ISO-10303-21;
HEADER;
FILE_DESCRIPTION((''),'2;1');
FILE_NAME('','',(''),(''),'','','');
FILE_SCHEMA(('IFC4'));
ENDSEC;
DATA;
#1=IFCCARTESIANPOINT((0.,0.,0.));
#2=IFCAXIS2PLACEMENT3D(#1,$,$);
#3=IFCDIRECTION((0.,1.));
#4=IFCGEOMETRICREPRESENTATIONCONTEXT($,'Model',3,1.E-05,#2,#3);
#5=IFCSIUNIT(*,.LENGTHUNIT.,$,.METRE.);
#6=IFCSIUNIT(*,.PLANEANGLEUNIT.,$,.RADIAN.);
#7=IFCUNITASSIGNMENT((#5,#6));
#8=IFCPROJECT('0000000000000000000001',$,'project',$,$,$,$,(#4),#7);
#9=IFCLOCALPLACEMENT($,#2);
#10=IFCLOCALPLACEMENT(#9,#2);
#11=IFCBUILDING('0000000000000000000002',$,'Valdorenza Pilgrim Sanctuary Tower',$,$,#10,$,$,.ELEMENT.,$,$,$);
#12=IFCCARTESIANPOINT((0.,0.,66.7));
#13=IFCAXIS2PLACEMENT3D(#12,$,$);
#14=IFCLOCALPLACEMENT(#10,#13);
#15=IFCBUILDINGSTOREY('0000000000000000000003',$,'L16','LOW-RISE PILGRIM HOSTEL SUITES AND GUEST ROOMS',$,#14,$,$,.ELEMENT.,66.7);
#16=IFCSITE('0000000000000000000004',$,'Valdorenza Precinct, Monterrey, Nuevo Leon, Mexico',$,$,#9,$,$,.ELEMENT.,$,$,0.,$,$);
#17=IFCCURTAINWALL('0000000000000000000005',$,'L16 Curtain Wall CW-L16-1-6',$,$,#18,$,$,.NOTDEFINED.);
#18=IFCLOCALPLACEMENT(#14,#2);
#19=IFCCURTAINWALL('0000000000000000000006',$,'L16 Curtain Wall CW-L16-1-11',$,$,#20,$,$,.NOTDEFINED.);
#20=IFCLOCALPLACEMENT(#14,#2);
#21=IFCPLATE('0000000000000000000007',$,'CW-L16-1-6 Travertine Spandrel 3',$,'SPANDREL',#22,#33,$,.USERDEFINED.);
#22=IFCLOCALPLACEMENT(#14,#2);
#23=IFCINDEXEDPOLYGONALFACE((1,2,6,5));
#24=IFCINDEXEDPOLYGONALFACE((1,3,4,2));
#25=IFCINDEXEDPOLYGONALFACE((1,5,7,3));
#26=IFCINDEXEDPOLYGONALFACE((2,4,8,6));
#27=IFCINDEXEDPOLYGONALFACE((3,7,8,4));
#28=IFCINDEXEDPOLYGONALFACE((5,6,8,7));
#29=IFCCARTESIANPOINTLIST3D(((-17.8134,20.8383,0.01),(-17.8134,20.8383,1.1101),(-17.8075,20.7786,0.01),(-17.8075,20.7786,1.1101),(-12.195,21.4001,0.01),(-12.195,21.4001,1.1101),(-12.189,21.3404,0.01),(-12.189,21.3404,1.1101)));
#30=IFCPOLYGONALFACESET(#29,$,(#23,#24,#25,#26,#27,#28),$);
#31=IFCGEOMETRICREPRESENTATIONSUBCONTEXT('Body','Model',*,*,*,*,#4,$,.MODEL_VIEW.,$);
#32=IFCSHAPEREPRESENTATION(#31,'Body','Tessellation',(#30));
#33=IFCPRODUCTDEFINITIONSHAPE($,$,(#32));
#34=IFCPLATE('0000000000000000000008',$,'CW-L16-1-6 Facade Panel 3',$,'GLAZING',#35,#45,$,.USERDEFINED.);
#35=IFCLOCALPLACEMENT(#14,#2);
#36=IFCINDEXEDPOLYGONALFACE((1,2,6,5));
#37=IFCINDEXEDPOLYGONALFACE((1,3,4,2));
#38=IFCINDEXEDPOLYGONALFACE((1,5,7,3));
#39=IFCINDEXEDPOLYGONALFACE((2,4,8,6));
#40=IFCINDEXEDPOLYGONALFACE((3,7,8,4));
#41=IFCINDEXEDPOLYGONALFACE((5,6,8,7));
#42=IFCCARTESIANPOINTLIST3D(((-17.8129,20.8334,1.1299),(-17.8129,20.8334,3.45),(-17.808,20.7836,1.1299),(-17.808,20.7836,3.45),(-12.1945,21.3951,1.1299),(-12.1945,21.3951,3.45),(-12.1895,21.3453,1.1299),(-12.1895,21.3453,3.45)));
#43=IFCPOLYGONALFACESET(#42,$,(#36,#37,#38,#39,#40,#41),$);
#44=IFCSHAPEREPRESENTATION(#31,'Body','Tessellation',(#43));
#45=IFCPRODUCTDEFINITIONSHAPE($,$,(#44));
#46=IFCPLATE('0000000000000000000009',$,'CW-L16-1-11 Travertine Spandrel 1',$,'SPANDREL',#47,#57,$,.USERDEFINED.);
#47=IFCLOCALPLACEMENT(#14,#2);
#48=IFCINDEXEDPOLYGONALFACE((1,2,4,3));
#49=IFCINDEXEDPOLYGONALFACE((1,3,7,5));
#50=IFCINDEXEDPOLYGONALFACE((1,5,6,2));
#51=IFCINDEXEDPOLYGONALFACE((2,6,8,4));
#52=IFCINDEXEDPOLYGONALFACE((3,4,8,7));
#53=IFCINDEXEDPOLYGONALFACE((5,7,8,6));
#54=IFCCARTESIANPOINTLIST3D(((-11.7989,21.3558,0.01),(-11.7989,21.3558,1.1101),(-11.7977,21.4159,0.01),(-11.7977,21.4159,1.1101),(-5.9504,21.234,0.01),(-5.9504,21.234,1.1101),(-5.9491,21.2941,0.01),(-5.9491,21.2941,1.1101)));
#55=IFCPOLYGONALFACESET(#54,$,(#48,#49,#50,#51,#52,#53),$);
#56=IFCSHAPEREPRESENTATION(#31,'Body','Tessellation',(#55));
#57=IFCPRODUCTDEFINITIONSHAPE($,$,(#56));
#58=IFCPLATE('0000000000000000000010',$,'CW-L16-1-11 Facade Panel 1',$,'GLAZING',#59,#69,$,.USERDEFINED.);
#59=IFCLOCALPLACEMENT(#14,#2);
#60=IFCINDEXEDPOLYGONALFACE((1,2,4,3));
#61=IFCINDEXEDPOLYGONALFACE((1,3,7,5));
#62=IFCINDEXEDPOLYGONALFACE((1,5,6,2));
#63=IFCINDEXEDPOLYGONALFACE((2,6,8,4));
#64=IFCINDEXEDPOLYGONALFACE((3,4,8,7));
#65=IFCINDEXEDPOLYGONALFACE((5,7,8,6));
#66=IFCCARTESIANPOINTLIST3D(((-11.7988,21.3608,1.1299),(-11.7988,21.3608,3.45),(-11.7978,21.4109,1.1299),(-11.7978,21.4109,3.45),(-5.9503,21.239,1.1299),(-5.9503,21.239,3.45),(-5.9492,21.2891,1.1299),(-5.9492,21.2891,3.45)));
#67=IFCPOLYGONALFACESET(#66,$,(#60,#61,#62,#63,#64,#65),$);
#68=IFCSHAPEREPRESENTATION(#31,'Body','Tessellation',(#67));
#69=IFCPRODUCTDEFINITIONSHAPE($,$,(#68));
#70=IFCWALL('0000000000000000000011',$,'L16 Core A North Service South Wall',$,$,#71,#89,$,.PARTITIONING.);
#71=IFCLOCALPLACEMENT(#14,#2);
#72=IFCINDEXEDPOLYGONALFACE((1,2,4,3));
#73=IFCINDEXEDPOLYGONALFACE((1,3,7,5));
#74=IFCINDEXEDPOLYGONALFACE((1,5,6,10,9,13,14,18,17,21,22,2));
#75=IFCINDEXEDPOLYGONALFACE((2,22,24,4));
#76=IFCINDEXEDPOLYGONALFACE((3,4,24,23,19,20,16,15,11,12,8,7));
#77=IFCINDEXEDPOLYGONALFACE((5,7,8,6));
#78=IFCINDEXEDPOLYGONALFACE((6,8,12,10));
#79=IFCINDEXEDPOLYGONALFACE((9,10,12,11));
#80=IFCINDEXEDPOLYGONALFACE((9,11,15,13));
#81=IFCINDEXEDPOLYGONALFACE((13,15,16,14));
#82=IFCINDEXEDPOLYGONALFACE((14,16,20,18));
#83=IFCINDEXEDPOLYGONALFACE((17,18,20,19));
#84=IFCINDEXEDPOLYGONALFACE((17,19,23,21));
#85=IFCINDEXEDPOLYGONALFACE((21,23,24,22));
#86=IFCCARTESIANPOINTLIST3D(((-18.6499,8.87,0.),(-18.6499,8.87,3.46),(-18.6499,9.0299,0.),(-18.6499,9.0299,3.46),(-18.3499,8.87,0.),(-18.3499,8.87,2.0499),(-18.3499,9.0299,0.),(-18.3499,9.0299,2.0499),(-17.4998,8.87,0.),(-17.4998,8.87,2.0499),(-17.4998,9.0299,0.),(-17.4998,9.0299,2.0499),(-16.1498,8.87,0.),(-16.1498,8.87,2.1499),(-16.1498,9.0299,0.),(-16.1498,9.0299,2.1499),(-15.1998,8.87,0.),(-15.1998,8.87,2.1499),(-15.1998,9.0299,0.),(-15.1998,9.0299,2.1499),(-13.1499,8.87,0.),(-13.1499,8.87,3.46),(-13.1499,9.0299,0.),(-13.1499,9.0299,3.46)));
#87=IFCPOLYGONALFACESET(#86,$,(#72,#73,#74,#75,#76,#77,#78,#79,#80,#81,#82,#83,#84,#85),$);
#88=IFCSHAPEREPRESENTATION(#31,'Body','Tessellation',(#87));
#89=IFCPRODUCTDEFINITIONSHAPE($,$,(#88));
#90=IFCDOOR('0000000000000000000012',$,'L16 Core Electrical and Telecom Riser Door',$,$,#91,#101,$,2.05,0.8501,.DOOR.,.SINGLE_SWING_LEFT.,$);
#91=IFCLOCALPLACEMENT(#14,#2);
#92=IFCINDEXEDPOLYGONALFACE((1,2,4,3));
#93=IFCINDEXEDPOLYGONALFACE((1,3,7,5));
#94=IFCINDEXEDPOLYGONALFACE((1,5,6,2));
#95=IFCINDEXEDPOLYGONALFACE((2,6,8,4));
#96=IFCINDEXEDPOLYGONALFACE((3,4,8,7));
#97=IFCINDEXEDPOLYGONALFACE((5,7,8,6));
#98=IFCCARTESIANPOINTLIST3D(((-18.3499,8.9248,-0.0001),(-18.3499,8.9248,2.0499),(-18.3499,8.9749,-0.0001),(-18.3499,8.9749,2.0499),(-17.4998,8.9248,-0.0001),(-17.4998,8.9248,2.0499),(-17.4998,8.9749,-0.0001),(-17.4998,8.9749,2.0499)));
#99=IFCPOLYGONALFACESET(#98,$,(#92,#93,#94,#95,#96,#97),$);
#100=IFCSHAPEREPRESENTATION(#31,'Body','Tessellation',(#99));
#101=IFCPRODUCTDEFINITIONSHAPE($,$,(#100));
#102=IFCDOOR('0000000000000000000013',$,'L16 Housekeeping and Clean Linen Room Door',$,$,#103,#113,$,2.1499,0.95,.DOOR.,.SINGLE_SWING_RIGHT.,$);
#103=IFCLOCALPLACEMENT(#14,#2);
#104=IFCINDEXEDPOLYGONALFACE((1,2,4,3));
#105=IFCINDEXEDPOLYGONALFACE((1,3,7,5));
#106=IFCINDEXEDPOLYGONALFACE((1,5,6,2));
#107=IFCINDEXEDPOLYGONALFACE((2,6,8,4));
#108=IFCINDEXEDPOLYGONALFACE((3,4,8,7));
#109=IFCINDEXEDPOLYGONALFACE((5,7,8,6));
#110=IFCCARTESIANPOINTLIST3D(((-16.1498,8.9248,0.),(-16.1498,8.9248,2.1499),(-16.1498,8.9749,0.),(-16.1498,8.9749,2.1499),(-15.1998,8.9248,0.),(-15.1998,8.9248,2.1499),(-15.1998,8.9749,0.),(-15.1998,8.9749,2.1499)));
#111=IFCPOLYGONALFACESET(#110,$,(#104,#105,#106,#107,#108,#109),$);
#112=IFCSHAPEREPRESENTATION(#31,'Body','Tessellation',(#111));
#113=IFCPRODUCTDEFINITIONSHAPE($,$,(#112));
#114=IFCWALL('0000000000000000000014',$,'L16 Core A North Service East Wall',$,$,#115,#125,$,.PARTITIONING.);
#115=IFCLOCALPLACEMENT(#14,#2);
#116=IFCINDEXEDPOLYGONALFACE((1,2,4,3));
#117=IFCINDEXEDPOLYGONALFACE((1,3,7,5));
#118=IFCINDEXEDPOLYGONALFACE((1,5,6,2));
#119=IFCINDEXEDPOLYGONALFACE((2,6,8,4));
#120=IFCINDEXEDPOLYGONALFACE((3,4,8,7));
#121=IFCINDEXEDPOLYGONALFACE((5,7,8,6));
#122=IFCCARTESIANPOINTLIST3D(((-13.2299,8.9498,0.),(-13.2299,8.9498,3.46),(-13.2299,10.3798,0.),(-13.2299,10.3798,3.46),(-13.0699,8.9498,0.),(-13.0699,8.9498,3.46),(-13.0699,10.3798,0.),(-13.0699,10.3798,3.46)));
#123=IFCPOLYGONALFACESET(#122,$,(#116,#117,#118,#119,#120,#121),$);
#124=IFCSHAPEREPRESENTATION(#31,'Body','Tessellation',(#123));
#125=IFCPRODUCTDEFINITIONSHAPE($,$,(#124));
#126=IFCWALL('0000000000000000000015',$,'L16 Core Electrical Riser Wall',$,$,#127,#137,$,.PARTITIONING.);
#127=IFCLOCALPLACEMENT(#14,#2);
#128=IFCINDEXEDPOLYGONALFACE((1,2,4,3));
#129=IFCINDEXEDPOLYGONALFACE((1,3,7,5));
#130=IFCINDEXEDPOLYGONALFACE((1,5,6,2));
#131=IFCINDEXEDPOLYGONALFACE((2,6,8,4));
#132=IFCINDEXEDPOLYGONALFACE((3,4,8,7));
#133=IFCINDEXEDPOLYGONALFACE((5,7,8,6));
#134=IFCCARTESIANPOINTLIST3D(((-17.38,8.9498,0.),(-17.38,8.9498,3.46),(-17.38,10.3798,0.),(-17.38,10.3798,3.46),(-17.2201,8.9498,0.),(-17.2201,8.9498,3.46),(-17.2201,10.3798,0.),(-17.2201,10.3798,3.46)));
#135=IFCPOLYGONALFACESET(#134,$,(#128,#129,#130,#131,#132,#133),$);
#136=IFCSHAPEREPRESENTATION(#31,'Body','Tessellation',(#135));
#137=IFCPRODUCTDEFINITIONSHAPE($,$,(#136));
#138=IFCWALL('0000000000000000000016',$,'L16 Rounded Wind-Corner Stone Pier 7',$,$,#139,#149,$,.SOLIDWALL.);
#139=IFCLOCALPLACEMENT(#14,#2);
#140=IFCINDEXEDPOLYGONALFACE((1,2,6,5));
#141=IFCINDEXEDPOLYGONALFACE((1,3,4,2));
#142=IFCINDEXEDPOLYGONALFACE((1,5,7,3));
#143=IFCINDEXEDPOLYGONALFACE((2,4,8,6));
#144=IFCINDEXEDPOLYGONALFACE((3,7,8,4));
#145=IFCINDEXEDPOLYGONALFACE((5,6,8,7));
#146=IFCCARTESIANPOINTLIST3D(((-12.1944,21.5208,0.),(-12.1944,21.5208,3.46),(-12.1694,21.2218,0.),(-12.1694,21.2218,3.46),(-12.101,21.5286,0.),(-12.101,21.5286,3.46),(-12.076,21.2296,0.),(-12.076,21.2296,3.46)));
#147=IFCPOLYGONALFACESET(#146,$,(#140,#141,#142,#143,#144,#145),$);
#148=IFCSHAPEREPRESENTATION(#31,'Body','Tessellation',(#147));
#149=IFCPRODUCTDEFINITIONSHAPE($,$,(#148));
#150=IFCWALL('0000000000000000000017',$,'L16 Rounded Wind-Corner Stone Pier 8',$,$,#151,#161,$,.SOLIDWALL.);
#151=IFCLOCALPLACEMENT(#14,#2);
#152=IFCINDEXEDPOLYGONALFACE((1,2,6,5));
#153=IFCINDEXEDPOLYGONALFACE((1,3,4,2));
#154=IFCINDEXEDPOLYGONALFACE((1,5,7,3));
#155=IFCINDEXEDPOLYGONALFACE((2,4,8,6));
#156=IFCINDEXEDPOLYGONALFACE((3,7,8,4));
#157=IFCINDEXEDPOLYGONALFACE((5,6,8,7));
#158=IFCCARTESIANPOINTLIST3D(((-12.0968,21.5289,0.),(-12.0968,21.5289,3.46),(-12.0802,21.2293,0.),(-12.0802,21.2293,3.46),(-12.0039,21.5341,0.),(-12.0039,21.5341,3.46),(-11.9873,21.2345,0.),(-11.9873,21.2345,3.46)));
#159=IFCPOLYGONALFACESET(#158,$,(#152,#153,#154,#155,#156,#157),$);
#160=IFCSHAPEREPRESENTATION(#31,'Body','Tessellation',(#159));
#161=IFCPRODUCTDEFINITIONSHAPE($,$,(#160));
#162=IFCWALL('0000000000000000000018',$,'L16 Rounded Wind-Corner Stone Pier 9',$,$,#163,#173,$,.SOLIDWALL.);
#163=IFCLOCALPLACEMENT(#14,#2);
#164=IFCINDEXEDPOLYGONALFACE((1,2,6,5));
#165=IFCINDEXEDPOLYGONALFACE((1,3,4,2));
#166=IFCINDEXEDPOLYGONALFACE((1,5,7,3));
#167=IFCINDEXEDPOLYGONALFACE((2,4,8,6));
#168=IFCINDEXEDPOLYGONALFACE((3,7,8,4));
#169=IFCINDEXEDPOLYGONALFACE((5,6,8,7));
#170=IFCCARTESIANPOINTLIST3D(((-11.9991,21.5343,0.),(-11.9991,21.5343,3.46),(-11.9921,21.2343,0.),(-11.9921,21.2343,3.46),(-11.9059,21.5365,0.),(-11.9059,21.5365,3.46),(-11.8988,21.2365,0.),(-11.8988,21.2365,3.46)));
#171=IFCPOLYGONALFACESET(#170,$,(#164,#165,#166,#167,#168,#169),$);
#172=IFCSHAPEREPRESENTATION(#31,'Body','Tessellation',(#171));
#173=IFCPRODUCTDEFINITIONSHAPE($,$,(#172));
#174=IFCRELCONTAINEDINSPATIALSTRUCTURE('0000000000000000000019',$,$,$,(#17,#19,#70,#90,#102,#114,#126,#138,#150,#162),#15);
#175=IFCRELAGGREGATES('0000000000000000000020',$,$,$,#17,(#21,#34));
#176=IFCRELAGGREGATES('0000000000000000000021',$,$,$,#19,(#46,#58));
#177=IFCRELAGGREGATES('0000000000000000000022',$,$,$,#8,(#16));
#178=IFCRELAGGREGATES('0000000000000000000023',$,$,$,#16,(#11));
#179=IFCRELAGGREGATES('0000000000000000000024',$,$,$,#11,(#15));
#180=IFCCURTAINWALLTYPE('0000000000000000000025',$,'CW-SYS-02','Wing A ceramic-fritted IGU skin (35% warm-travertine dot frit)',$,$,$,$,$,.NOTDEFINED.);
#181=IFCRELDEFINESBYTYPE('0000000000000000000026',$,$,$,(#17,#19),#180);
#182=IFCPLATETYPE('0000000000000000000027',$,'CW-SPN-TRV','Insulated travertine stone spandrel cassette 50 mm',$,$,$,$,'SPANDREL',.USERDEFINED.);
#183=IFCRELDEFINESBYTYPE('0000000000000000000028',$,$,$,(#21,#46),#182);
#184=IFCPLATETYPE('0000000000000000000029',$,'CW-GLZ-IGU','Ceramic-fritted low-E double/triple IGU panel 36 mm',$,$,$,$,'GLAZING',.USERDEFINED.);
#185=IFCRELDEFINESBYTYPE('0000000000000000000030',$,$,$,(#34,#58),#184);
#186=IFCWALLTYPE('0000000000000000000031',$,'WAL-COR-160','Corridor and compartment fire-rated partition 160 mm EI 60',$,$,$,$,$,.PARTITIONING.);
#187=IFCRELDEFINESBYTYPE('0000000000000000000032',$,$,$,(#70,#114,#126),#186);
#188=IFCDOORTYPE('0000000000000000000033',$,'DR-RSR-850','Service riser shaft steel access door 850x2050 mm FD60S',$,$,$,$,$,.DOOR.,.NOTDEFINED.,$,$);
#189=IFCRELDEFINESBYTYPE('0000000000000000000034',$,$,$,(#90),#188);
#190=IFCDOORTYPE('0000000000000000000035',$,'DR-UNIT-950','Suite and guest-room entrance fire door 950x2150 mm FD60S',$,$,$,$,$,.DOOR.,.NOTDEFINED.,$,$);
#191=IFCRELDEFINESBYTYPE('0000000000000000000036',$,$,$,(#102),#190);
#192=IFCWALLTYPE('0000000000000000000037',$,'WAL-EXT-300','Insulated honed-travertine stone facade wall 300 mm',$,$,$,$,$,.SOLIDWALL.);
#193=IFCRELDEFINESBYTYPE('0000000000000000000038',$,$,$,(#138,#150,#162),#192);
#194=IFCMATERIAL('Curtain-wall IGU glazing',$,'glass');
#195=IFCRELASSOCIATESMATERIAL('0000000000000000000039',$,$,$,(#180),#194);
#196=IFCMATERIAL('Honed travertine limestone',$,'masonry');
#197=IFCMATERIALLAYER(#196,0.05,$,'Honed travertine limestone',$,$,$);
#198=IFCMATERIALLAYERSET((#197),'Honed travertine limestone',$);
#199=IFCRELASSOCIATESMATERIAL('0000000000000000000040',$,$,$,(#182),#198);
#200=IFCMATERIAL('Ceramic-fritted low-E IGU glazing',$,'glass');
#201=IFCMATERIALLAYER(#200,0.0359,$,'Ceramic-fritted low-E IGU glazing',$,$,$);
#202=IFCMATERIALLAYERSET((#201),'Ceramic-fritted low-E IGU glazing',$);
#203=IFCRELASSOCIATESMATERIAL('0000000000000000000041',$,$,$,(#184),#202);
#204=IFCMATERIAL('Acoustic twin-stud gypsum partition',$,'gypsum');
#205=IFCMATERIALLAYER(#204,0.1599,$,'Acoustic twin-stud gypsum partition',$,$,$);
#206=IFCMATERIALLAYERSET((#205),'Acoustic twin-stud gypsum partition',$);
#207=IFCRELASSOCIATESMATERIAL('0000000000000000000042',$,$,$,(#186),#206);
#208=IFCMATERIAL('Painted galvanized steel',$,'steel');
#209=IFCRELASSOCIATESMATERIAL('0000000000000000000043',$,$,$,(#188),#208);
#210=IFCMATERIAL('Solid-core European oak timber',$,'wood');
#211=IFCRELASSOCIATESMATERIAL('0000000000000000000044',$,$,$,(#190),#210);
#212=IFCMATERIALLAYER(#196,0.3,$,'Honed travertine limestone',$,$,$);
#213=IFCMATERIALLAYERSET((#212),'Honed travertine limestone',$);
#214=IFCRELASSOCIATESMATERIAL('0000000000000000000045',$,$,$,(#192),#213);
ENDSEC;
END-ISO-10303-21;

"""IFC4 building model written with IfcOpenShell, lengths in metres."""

from ifc_helpers import new_model, si_unit, direction, frame, frame_2d, origin, origin_2d, place, context, subcontext, project, spatial, rectangle, extrude, source, transform, mapped, material, layer, layer_set, type_object, element, fill, aggregate, save


model = new_model("IFC4")

# Units and contexts
model_context = context("Model", 3, precision=1e-05, world=origin(), true_north=direction((0.0, 1.0)))
body_context = subcontext(model_context, "Body", "Model", "MODEL_VIEW")
ifc_project = project(units=[si_unit("LENGTHUNIT", "METRE"), si_unit("PLANEANGLEUNIT", "RADIAN")], contexts=[model_context])

# Site, building, storey
site_placement = place(None, origin())
site = spatial("IfcSite", under=ifc_project, at=site_placement, Name="Valdorenza Precinct, Monterrey, Nuevo Leon, Mexico", CompositionType="ELEMENT", RefElevation=0.0)
building_placement = place(site_placement, origin())
building = spatial("IfcBuilding", under=site, at=building_placement, Name="Valdorenza Pilgrim Sanctuary Tower", CompositionType="ELEMENT")
storey_placement = place(building_placement, frame((0.0, 0.0, 66.7)))
storey = spatial("IfcBuildingStorey", under=building, at=storey_placement, Name="L16", Description="LOW-RISE PILGRIM HOSTEL SUITES AND GUEST ROOMS", CompositionType="ELEMENT", Elevation=66.7)

# Curtain walls
ifc_material_1 = material(Name="Curtain-wall IGU glazing", Category="glass")
curtain_wall_type = type_object("IfcCurtainWallType", Name="CW-SYS-02", Description="Wing A ceramic-fritted IGU skin (35% warm-travertine dot frit)", PredefinedType="NOTDEFINED", material=ifc_material_1)
curtain_wall_1_placement = place(storey_placement, origin())
curtain_wall_1 = element("IfcCurtainWall", 1, at=curtain_wall_1_placement, inside=storey, type_object=curtain_wall_type, Name="L16 Curtain Wall CW-L16-1-6", PredefinedType="NOTDEFINED")
curtain_wall_2_placement = place(storey_placement, origin())
curtain_wall_2 = element("IfcCurtainWall", 2, at=curtain_wall_2_placement, inside=storey, type_object=curtain_wall_type, Name="L16 Curtain Wall CW-L16-1-11", PredefinedType="NOTDEFINED")

# Plates
ifc_material_2 = material(Name="Honed travertine limestone", Category="masonry")
ifc_layer_1 = layer(ifc_material_2, 0.05, Name="Honed travertine limestone")
ifc_layer_set_1 = layer_set([ifc_layer_1], Name="Honed travertine limestone")
plate_type_1 = type_object("IfcPlateType", Name="CW-SPN-TRV", Description="Insulated travertine stone spandrel cassette 50 mm", ElementType="SPANDREL", PredefinedType="USERDEFINED", material=ifc_layer_set_1)
shared_shape_1 = source(origin(), body_context, "Body", "SweptSolid", [
    extrude(rectangle(XDim=5.6465, YDim=0.0601, at=origin_2d()), origin(), (0.0, 0.0, 1.0), 1.1001),
])
plate_1_placement = place(storey_placement, frame((-15.0012, 21.0894, 0.01), z_axis=(0.0, 0.0, 1.0), x_axis=(0.995038, 0.099493, 0.0)))
plate_1 = element("IfcPlate", 3, at=plate_1_placement, type_object=plate_type_1, Name="CW-L16-1-6 Travertine Spandrel 3", ObjectType="SPANDREL", PredefinedType="USERDEFINED", context=body_context, shape_type="MappedRepresentation", body=[
    mapped(shared_shape_1, transform((0.0, 0.0, 0.0), x_axis=(1.0, 0.0, 0.0), y_axis=(0.0, 1.0, 0.0), z_axis=(0.0, 0.0, 1.0), scale=1.0)),
])
ifc_material_3 = material(Name="Ceramic-fritted low-E IGU glazing", Category="glass")
ifc_layer_2 = layer(ifc_material_3, 0.0359, Name="Ceramic-fritted low-E IGU glazing")
ifc_layer_set_2 = layer_set([ifc_layer_2], Name="Ceramic-fritted low-E IGU glazing")
plate_type_2 = type_object("IfcPlateType", Name="CW-GLZ-IGU", Description="Ceramic-fritted low-E double/triple IGU panel 36 mm", ElementType="GLAZING", PredefinedType="USERDEFINED", material=ifc_layer_set_2)
shared_shape_2 = source(origin(), body_context, "Body", "SweptSolid", [
    extrude(rectangle(XDim=5.6465, YDim=0.05, at=origin_2d()), origin(), (0.0, 0.0, 1.0), 2.3201),
])
plate_2_placement = place(storey_placement, frame((-15.0012, 21.0894, 1.1299), z_axis=(0.0, 0.0, 1.0), x_axis=(0.995038, 0.099493, 0.0)))
plate_2 = element("IfcPlate", 4, at=plate_2_placement, type_object=plate_type_2, Name="CW-L16-1-6 Facade Panel 3", ObjectType="GLAZING", PredefinedType="USERDEFINED", context=body_context, shape_type="MappedRepresentation", body=[
    mapped(shared_shape_2, transform((0.0, 0.0, 0.0), x_axis=(1.0, 0.0, 0.0), y_axis=(0.0, 1.0, 0.0), z_axis=(0.0, 0.0, 1.0), scale=1.0)),
])
aggregate(curtain_wall_1, [plate_1, plate_2])
shared_shape_3 = source(origin(), body_context, "Body", "SweptSolid", [
    extrude(rectangle(XDim=5.8499, YDim=0.0601, at=origin_2d()), origin(), (0.0, 0.0, 1.0), 1.1001),
])
plate_3_placement = place(storey_placement, frame((-8.874, 21.325, 0.01), z_axis=(0.0, 0.0, 1.0), x_axis=(0.999783, -0.02082, 0.0)))
plate_3 = element("IfcPlate", 5, at=plate_3_placement, type_object=plate_type_1, Name="CW-L16-1-11 Travertine Spandrel 1", ObjectType="SPANDREL", PredefinedType="USERDEFINED", context=body_context, shape_type="MappedRepresentation", body=[
    mapped(shared_shape_3, transform((0.0, 0.0, 0.0), x_axis=(1.0, 0.0, 0.0), y_axis=(0.0, 1.0, 0.0), z_axis=(0.0, 0.0, 1.0), scale=1.0)),
])
shared_shape_4 = source(origin(), body_context, "Body", "SweptSolid", [
    extrude(rectangle(XDim=5.8499, YDim=0.05, at=origin_2d()), origin(), (0.0, 0.0, 1.0), 2.3201),
])
plate_4_placement = place(storey_placement, frame((-8.874, 21.325, 1.1299), z_axis=(0.0, 0.0, 1.0), x_axis=(0.999783, -0.02082, 0.0)))
plate_4 = element("IfcPlate", 6, at=plate_4_placement, type_object=plate_type_2, Name="CW-L16-1-11 Facade Panel 1", ObjectType="GLAZING", PredefinedType="USERDEFINED", context=body_context, shape_type="MappedRepresentation", body=[
    mapped(shared_shape_4, transform((0.0, 0.0, 0.0), x_axis=(1.0, 0.0, 0.0), y_axis=(0.0, 1.0, 0.0), z_axis=(0.0, 0.0, 1.0), scale=1.0)),
])
aggregate(curtain_wall_2, [plate_3, plate_4])

# Wall, openings, doors
ifc_material_4 = material(Name="Acoustic twin-stud gypsum partition", Category="gypsum")
ifc_layer_3 = layer(ifc_material_4, 0.1599, Name="Acoustic twin-stud gypsum partition")
ifc_layer_set_3 = layer_set([ifc_layer_3], Name="Acoustic twin-stud gypsum partition")
wall_type_1 = type_object("IfcWallType", Name="WAL-COR-160", Description="Corridor and compartment fire-rated partition 160 mm EI 60", PredefinedType="PARTITIONING", material=ifc_layer_set_3)
wall_1_placement = place(storey_placement, frame((-18.6499, 8.95, 0.0), z_axis=(0.0, 0.0, 1.0), x_axis=(1.0, 0.0, 0.0)))
wall_1 = element("IfcWall", 7, at=wall_1_placement, inside=storey, type_object=wall_type_1, Name="L16 Core A North Service South Wall", PredefinedType="PARTITIONING", context=body_context, shape_type="SweptSolid", body=[
    extrude(rectangle(XDim=5.5, YDim=0.1599, at=frame_2d((2.75, 0.0))), origin(), (0.0, 0.0, 1.0), 3.46),
])
opening_1_placement = place(wall_1_placement, frame((0.3, 0.0, 0.0)))
opening_1 = element("IfcOpeningElement", 8, at=opening_1_placement, cuts=wall_1, PredefinedType="OPENING", context=body_context, shape_type="SweptSolid", body=[
    extrude(rectangle(XDim=0.8501, YDim=2.05, at=frame_2d((0.425, 1.0249))), frame((0.0, 0.0947, 0.0), z_axis=(0.0, -1.0, 0.0), x_axis=(1.0, 0.0, 0.0)), (0.0, 0.0, 1.0), 0.1897),
])
opening_2_placement = place(wall_1_placement, frame((2.5, 0.0, 0.0)))
opening_2 = element("IfcOpeningElement", 9, at=opening_2_placement, cuts=wall_1, PredefinedType="OPENING", context=body_context, shape_type="SweptSolid", body=[
    extrude(rectangle(XDim=0.95, YDim=2.1499, at=frame_2d((0.4751, 1.075))), frame((0.0, 0.0947, 0.0), z_axis=(0.0, -1.0, 0.0), x_axis=(1.0, 0.0, 0.0)), (0.0, 0.0, 1.0), 0.1897),
])
ifc_material_5 = material(Name="Painted galvanized steel", Category="steel")
door_type_1 = type_object("IfcDoorType", Name="DR-RSR-850", Description="Service riser shaft steel access door 850x2050 mm FD60S", OperationType="NOTDEFINED", PredefinedType="DOOR", material=ifc_material_5)
door_1_placement = place(opening_1_placement, origin())
door_1 = element("IfcDoor", 10, at=door_1_placement, inside=storey, type_object=door_type_1, Name="L16 Core Electrical and Telecom Riser Door", OperationType="SINGLE_SWING_LEFT", OverallHeight=2.05, OverallWidth=0.8501, PredefinedType="DOOR", context=body_context, shape_type="SweptSolid", body=[
    extrude(rectangle(XDim=0.8501, YDim=2.05, at=frame_2d((0.425, 1.0249))), frame((0.0, 0.0249, 0.0), z_axis=(0.0, -1.0, 0.0), x_axis=(1.0, 0.0, 0.0)), (0.0, 0.0, 1.0), 0.05),
])
fill(opening_1, door_1)
ifc_material_6 = material(Name="Solid-core European oak timber", Category="wood")
door_type_2 = type_object("IfcDoorType", Name="DR-UNIT-950", Description="Suite and guest-room entrance fire door 950x2150 mm FD60S", OperationType="NOTDEFINED", PredefinedType="DOOR", material=ifc_material_6)
door_2_placement = place(opening_2_placement, origin())
door_2 = element("IfcDoor", 11, at=door_2_placement, inside=storey, type_object=door_type_2, Name="L16 Housekeeping and Clean Linen Room Door", OperationType="SINGLE_SWING_RIGHT", OverallHeight=2.1499, OverallWidth=0.95, PredefinedType="DOOR", context=body_context, shape_type="SweptSolid", body=[
    extrude(rectangle(XDim=0.95, YDim=2.1499, at=frame_2d((0.4751, 1.075))), frame((0.0, 0.0249, 0.0), z_axis=(0.0, -1.0, 0.0), x_axis=(1.0, 0.0, 0.0)), (0.0, 0.0, 1.0), 0.05),
])
fill(opening_2, door_2)

# Walls
for number, where, z_axis, x_axis, name in (
    (12, (-13.1499, 8.95, 0.0), (0.0, 0.0, 1.0), (0.0, 1.0, 0.0), "L16 Core A North Service East Wall"),
    (13, (-17.3, 8.95, 0.0), (0.0, 0.0, 1.0), (0.0, 1.0, 0.0), "L16 Core Electrical Riser Wall"),
):
    element("IfcWall", number, at=place(storey_placement, frame(where, z_axis=z_axis, x_axis=x_axis)), inside=storey, type_object=wall_type_1, Name=name, PredefinedType="PARTITIONING", context=body_context, shape_type="SweptSolid", body=[
        extrude(rectangle(XDim=1.4299, YDim=0.1599, at=frame_2d((0.7148, 0.0))), origin(), (0.0, 0.0, 1.0), 3.46),
    ])
ifc_layer_4 = layer(ifc_material_2, 0.3, Name="Honed travertine limestone")
ifc_layer_set_4 = layer_set([ifc_layer_4], Name="Honed travertine limestone")
wall_type_2 = type_object("IfcWallType", Name="WAL-EXT-300", Description="Insulated honed-travertine stone facade wall 300 mm", PredefinedType="SOLIDWALL", material=ifc_layer_set_4)
wall_2_placement = place(storey_placement, frame((-12.1819, 21.3713, 0.0), z_axis=(0.0, 0.0, 1.0), x_axis=(0.996528, 0.083261, 0.0)))
element("IfcWall", 14, at=wall_2_placement, inside=storey, type_object=wall_type_2, Name="L16 Rounded Wind-Corner Stone Pier 7", PredefinedType="SOLIDWALL", context=body_context, shape_type="SweptSolid", body=[
    extrude(rectangle(XDim=0.0938, YDim=0.3, at=frame_2d((0.0469, 0.0))), origin(), (0.0, 0.0, 1.0), 3.46),
])
wall_3_placement = place(storey_placement, frame((-12.0884, 21.3792, 0.0), z_axis=(0.0, 0.0, 1.0), x_axis=(0.998476, 0.055179, 0.0)))
element("IfcWall", 15, at=wall_3_placement, inside=storey, type_object=wall_type_2, Name="L16 Rounded Wind-Corner Stone Pier 8", PredefinedType="SOLIDWALL", context=body_context, shape_type="SweptSolid", body=[
    extrude(rectangle(XDim=0.093, YDim=0.3, at=frame_2d((0.0464, 0.0))), origin(), (0.0, 0.0, 1.0), 3.46),
])
wall_4_placement = place(storey_placement, frame((-11.9956, 21.3843, 0.0), z_axis=(0.0, 0.0, 1.0), x_axis=(0.999723, 0.023554, 0.0)))
element("IfcWall", 16, at=wall_4_placement, inside=storey, type_object=wall_type_2, Name="L16 Rounded Wind-Corner Stone Pier 9", PredefinedType="SOLIDWALL", context=body_context, shape_type="SweptSolid", body=[
    extrude(rectangle(XDim=0.0933, YDim=0.3, at=frame_2d((0.0466, 0.0))), origin(), (0.0, 0.0, 1.0), 3.46),
])

save(model, "model.ifc")
